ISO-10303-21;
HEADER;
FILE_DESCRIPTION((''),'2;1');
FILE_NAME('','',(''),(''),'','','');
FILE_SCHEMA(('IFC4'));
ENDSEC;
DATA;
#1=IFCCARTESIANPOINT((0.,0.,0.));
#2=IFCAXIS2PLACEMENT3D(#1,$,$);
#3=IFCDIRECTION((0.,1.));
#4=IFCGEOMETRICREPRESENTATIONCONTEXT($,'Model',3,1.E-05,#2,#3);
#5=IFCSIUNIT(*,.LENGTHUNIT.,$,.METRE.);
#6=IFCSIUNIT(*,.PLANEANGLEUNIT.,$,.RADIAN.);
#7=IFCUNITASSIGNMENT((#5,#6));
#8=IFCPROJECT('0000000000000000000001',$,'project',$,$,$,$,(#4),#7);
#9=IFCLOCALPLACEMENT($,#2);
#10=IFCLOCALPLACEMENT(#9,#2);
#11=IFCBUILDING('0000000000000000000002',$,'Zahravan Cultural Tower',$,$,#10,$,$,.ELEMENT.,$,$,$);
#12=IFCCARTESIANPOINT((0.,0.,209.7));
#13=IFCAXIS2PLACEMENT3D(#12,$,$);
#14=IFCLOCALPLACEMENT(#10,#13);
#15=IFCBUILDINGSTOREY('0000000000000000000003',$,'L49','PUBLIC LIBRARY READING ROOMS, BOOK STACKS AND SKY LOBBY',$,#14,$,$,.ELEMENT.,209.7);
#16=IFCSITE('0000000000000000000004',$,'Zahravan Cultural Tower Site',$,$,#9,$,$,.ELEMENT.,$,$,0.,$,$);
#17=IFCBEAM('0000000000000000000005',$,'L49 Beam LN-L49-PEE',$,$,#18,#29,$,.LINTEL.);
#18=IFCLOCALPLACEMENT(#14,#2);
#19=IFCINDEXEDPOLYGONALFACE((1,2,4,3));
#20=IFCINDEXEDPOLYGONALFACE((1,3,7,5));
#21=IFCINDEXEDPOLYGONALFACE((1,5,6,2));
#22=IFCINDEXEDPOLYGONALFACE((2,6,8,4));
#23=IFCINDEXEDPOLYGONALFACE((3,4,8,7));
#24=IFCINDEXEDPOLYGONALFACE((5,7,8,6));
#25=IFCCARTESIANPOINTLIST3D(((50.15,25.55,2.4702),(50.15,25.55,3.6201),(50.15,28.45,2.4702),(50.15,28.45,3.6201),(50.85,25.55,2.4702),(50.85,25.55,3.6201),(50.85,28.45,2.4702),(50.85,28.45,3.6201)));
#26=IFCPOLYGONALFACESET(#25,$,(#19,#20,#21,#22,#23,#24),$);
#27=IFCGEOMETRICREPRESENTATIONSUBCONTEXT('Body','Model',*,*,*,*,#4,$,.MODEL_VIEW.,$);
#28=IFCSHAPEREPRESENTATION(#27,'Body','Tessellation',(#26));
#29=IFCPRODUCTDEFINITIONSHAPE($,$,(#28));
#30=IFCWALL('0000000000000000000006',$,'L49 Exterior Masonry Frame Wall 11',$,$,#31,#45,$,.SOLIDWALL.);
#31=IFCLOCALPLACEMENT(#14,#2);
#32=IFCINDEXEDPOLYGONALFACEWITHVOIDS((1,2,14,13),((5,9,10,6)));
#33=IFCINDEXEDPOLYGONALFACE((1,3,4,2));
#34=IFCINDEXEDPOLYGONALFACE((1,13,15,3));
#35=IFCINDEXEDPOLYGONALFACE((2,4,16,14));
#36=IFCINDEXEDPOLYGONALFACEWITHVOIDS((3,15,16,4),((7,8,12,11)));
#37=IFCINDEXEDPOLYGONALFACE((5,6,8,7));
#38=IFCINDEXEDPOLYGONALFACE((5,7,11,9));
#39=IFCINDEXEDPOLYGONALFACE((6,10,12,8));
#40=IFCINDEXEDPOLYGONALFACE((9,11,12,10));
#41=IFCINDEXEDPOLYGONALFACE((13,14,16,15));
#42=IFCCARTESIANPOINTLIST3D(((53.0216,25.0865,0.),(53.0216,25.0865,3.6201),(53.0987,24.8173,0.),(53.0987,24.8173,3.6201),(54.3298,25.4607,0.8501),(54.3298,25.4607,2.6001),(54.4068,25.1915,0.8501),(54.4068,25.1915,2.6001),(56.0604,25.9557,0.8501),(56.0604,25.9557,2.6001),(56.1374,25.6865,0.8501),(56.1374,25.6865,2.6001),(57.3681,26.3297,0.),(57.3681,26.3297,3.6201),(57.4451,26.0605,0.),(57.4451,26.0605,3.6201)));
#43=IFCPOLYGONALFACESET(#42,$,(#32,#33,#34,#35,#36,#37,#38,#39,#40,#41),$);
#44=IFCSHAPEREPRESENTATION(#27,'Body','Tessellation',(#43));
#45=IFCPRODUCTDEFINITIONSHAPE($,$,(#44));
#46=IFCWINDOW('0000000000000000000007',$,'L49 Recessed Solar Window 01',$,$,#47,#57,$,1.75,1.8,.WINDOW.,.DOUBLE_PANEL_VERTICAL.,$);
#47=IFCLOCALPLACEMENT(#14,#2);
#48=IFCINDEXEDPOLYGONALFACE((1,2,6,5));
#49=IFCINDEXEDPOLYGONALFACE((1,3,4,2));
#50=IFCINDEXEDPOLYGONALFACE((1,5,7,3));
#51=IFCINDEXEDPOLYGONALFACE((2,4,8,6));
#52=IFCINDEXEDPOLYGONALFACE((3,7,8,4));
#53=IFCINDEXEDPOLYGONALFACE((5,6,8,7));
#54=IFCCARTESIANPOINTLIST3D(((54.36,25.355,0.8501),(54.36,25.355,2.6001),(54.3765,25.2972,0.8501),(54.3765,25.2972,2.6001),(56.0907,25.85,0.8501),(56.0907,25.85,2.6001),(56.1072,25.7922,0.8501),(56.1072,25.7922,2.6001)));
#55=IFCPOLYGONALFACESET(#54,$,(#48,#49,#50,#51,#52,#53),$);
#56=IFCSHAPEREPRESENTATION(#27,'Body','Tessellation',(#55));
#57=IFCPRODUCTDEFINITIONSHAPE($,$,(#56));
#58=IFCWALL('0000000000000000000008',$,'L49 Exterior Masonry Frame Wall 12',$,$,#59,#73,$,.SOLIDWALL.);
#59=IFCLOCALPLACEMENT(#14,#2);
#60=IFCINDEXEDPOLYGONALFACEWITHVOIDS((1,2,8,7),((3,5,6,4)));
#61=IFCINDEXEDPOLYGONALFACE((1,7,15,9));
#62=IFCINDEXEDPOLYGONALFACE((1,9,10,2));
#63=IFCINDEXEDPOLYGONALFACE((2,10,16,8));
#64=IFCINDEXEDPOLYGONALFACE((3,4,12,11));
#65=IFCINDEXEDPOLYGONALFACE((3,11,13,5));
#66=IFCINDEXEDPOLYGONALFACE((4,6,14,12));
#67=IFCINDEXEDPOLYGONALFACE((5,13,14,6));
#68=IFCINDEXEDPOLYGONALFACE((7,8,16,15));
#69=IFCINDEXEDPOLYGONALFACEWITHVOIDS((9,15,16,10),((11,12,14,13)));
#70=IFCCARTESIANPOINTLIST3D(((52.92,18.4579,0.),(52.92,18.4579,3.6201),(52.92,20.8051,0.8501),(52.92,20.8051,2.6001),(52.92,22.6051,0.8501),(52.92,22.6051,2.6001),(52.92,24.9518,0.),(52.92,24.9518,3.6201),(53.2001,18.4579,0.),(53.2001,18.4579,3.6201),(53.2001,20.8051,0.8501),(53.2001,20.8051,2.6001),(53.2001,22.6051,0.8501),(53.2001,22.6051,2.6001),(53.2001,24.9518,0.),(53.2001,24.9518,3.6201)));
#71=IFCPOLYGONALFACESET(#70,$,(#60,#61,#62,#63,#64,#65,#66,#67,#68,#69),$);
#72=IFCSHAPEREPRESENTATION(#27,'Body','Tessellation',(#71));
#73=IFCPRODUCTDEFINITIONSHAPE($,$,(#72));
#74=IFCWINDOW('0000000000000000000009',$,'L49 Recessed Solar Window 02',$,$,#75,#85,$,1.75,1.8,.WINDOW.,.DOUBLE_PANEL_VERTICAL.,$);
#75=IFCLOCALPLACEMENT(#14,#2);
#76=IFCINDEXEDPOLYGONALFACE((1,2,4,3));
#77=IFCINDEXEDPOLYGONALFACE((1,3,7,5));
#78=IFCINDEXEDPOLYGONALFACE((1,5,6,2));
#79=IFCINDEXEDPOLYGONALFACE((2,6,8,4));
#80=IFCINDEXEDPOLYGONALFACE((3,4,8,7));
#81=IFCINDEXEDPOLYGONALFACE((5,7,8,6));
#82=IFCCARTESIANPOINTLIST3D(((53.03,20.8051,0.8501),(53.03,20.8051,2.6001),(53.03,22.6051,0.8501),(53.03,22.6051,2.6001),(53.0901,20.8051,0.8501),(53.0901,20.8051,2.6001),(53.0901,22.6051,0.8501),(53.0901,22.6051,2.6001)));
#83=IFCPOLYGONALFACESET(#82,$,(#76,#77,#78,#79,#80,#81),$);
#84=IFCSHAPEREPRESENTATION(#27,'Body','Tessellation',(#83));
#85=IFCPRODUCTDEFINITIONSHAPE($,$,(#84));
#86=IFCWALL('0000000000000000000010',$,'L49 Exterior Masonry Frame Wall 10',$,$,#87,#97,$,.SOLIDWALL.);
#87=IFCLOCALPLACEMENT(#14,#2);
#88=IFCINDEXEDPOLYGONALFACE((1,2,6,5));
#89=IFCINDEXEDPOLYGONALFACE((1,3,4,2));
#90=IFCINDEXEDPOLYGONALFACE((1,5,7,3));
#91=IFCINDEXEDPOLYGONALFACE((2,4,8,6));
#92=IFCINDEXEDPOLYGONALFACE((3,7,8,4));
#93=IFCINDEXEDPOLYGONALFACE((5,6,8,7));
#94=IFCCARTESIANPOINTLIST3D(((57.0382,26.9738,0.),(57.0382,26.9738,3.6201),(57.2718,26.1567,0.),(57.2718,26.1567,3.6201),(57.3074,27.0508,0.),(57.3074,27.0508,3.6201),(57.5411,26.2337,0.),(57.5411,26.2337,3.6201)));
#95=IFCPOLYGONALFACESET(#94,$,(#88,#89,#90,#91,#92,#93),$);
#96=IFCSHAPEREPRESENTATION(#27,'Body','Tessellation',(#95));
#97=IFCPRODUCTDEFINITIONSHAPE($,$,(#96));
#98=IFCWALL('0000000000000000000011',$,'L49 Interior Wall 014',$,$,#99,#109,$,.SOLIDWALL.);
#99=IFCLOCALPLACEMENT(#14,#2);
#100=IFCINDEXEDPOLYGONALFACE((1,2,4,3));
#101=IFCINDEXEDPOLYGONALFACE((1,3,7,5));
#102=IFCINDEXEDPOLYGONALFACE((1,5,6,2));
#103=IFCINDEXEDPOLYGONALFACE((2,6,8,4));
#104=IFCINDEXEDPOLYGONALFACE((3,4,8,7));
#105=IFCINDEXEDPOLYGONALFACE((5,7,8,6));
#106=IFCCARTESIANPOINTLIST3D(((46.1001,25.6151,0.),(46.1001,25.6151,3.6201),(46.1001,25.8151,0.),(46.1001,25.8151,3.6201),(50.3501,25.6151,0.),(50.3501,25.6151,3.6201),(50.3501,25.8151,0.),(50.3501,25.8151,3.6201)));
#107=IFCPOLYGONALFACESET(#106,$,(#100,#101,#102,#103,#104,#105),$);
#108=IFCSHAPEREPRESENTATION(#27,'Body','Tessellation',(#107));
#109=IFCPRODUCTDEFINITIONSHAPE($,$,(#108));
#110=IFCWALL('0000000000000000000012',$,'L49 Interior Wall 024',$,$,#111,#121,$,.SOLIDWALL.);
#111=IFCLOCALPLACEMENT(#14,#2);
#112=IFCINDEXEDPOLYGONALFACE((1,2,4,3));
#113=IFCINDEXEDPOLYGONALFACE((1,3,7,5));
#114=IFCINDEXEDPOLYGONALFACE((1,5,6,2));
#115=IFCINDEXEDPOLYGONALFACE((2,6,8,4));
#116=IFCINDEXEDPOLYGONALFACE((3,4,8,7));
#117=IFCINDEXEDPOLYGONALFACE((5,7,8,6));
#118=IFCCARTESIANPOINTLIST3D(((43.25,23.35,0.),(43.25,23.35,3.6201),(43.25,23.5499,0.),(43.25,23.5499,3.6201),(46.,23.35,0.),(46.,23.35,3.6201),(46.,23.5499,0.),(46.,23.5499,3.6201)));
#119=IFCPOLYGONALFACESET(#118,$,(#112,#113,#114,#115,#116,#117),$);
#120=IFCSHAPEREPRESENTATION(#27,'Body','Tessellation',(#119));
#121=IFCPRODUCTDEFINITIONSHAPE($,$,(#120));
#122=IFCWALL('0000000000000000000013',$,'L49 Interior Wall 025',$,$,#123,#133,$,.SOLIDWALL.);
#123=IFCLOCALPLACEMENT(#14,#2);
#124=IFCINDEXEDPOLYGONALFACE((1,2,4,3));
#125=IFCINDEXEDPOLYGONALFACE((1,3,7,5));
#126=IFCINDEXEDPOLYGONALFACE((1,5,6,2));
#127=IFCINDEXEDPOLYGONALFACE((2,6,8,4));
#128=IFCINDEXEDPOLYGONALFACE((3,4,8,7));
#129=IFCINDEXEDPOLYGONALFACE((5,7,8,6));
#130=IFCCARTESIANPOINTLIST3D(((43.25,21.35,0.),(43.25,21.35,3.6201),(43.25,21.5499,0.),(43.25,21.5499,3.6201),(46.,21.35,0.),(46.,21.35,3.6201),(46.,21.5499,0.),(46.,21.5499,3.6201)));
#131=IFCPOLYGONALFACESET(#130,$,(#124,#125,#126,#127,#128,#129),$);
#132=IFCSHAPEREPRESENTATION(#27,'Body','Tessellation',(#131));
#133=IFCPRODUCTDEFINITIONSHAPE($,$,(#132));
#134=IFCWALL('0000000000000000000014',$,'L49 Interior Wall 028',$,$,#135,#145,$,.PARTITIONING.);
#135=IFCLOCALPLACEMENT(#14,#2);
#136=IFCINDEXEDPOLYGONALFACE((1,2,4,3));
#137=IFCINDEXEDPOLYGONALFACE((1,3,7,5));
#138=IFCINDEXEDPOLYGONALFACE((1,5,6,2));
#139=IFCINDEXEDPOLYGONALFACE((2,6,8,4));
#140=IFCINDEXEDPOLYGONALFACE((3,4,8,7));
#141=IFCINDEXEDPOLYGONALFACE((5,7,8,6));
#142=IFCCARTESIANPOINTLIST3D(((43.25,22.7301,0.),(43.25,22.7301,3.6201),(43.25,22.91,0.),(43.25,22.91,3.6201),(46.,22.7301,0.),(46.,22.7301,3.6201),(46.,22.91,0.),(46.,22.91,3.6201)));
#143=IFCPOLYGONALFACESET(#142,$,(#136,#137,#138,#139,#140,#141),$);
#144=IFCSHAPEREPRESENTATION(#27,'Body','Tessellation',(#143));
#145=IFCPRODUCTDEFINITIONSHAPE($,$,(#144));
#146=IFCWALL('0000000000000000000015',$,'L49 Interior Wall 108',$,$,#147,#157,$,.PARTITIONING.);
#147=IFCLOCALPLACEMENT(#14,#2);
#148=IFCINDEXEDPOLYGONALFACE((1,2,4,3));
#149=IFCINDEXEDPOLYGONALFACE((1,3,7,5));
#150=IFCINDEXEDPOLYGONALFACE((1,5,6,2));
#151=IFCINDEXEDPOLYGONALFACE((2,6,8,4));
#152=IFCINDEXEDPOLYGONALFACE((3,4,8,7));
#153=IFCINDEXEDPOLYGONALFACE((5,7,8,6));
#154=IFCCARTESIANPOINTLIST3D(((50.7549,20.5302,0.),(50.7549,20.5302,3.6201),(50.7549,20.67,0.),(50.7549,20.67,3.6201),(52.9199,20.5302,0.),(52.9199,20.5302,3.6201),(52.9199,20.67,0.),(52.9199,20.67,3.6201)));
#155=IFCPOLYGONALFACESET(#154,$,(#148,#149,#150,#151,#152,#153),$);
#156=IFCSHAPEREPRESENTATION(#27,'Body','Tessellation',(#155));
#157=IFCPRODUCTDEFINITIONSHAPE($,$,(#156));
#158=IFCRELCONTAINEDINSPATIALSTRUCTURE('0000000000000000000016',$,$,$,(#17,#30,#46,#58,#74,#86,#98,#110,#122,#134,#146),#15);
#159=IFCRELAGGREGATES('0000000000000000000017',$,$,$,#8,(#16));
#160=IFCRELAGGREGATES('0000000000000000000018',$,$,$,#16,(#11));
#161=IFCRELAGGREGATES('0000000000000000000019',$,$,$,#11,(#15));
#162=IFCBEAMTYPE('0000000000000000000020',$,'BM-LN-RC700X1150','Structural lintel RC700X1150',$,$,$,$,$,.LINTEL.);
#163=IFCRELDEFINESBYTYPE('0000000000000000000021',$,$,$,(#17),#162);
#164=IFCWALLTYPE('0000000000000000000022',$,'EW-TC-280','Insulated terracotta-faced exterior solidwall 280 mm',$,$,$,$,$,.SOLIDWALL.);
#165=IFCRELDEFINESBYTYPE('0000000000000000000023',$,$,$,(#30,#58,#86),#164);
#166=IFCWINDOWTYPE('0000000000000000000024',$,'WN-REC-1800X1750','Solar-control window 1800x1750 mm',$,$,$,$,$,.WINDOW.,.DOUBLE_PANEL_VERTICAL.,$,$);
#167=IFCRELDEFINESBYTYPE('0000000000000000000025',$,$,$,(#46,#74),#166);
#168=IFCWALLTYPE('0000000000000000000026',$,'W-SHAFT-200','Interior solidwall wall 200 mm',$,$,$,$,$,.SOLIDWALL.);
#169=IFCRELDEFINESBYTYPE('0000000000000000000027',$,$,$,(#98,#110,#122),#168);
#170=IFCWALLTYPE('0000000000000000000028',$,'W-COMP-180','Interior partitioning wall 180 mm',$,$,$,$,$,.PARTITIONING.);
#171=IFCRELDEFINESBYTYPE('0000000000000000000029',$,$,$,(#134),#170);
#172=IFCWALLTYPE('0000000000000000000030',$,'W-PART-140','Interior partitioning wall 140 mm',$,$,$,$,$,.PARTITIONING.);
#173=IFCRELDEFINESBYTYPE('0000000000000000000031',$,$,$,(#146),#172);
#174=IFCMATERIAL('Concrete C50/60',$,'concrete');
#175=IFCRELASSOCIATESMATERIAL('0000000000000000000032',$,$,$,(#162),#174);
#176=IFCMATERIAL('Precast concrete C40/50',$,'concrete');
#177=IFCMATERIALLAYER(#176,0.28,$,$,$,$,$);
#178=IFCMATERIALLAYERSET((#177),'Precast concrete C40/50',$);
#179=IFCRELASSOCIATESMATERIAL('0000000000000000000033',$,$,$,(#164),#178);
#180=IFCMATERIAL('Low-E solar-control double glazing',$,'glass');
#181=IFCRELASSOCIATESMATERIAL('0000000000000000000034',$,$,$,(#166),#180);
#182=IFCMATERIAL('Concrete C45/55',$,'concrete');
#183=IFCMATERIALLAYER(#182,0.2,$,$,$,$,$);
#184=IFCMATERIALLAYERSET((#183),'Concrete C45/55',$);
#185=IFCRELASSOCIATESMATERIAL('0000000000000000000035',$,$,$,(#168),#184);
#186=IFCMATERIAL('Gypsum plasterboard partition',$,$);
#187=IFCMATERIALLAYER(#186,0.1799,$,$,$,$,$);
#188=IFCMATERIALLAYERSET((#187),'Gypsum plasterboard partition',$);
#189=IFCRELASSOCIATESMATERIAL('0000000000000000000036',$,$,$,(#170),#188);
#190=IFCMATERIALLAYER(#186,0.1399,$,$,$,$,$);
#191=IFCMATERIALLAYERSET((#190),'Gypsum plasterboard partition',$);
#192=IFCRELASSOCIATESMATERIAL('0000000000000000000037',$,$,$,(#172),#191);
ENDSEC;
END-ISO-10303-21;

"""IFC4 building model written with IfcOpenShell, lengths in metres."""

from ifc_helpers import new_model, si_unit, direction, frame, frame_2d, origin, origin_2d, place, context, subcontext, project, spatial, rectangle, extrude, source, transform, mapped, material, layer, layer_set, material_profile, profile_set, type_object, element, fill, save


model = new_model("IFC4")

# Units and contexts
model_context = context("Model", 3, precision=1e-05, world=origin(), true_north=direction((0.0, 1.0)))
body_context = subcontext(model_context, "Body", "Model", "MODEL_VIEW")
ifc_project = project(units=[si_unit("LENGTHUNIT", "METRE"), si_unit("PLANEANGLEUNIT", "RADIAN")], contexts=[model_context])

# Site, building, storey
site_placement = place(None, origin())
site = spatial("IfcSite", under=ifc_project, at=site_placement, Name="Zahravan Cultural Tower Site", CompositionType="ELEMENT", RefElevation=0.0)
building_placement = place(site_placement, origin())
building = spatial("IfcBuilding", under=site, at=building_placement, Name="Zahravan Cultural Tower", CompositionType="ELEMENT")
storey_placement = place(building_placement, frame((0.0, 0.0, 209.7)))
storey = spatial("IfcBuildingStorey", under=building, at=storey_placement, Name="L49", Description="PUBLIC LIBRARY READING ROOMS, BOOK STACKS AND SKY LOBBY", CompositionType="ELEMENT", Elevation=209.7)

# Beam
ifc_material_1 = material(Name="Concrete C50/60", Category="concrete")
ifc_material_profile = material_profile(ifc_material_1, rectangle(XDim=0.7, YDim=1.1499, at=origin_2d()), Name="RC700X1150")
ifc_profile_set = profile_set([ifc_material_profile], Name="Concrete C50/60")
beam_type = type_object("IfcBeamType", Name="BM-LN-RC700X1150", Description="Structural lintel RC700X1150", PredefinedType="LINTEL", material=ifc_profile_set)
shared_shape_1 = source(origin(), body_context, "Body", "SweptSolid", [
    extrude(rectangle(XDim=0.7, YDim=1.1499, at=origin_2d()), origin(), (0.0, 0.0, 1.0), 2.8999),
])
beam_placement = place(storey_placement, frame((50.5, 25.55, 3.0452), z_axis=(0.0, 1.0, 0.0), x_axis=(-1.0, 0.0, 0.0)))
element("IfcBeam", 1, at=beam_placement, inside=storey, type_object=beam_type, Name="L49 Beam LN-L49-PEE", PredefinedType="LINTEL", context=body_context, shape_type="MappedRepresentation", body=[
    mapped(shared_shape_1, transform((0.0, 0.0, 0.0), x_axis=(1.0, 0.0, 0.0), y_axis=(0.0, 1.0, 0.0), z_axis=(0.0, 0.0, 1.0), scale=1.0)),
])

# Walls, openings, windows
ifc_material_2 = material(Name="Precast concrete C40/50", Category="concrete")
ifc_layer_1 = layer(ifc_material_2, 0.28)
ifc_layer_set_1 = layer_set([ifc_layer_1], Name="Precast concrete C40/50")
wall_type_1 = type_object("IfcWallType", Name="EW-TC-280", Description="Insulated terracotta-faced exterior solidwall 280 mm", PredefinedType="SOLIDWALL", material=ifc_layer_set_1)
wall_1_placement = place(storey_placement, frame((57.4065, 26.1951, 0.0), z_axis=(0.0, 0.0, 1.0), x_axis=(-0.961446, -0.274992, 0.0)))
wall_1 = element("IfcWall", 2, at=wall_1_placement, inside=storey, type_object=wall_type_1, Name="L49 Exterior Masonry Frame Wall 11", PredefinedType="SOLIDWALL", context=body_context, shape_type="SweptSolid", body=[
    extrude(rectangle(XDim=4.5208, YDim=0.28, at=frame_2d((2.2603, 0.0))), origin(), (0.0, 0.0, 1.0), 3.6201),
])
opening_1_placement = place(wall_1_placement, frame((1.3601, 0.0, 0.8501)))
opening_1 = element("IfcOpeningElement", 3, at=opening_1_placement, cuts=wall_1, PredefinedType="OPENING", context=body_context, shape_type="SweptSolid", body=[
    extrude(rectangle(XDim=1.8, YDim=1.75, at=frame_2d((0.8999, 0.875))), frame((0.0, 0.1499, 0.0), z_axis=(0.0, -1.0, 0.0), x_axis=(1.0, 0.0, 0.0)), (0.0, 0.0, 1.0), 0.3),
])
ifc_material_3 = material(Name="Low-E solar-control double glazing", Category="glass")
window_type = type_object("IfcWindowType", Name="WN-REC-1800X1750", Description="Solar-control window 1800x1750 mm", PartitioningType="DOUBLE_PANEL_VERTICAL", PredefinedType="WINDOW", material=ifc_material_3)
shared_shape_2 = source(origin(), body_context, "Body", "SweptSolid", [
    extrude(rectangle(XDim=1.8, YDim=1.75, at=frame_2d((0.8999, 0.875))), frame((0.0, 0.03, 0.0), z_axis=(0.0, -1.0, 0.0), x_axis=(1.0, 0.0, 0.0)), (0.0, 0.0, 1.0), 0.0601),
])
window_1_placement = place(opening_1_placement, origin())
window_1 = element("IfcWindow", 4, at=window_1_placement, inside=storey, type_object=window_type, Name="L49 Recessed Solar Window 01", OverallHeight=1.75, OverallWidth=1.8, PartitioningType="DOUBLE_PANEL_VERTICAL", PredefinedType="WINDOW", context=body_context, shape_type="MappedRepresentation", body=[
    mapped(shared_shape_2, transform((0.0, 0.0, 0.0), x_axis=(1.0, 0.0, 0.0), y_axis=(0.0, 1.0, 0.0), z_axis=(0.0, 0.0, 1.0), scale=1.0)),
])
fill(opening_1, window_1)
wall_2_placement = place(storey_placement, frame((53.0601, 24.9519, 0.0), z_axis=(0.0, 0.0, 1.0), x_axis=(0.0, -1.0, 0.0)))
wall_2 = element("IfcWall", 5, at=wall_2_placement, inside=storey, type_object=wall_type_1, Name="L49 Exterior Masonry Frame Wall 12", PredefinedType="SOLIDWALL", context=body_context, shape_type="SweptSolid", body=[
    extrude(rectangle(XDim=6.4939, YDim=0.28, at=frame_2d((3.2471, 0.0))), origin(), (0.0, 0.0, 1.0), 3.6201),
])
opening_2_placement = place(wall_2_placement, frame((2.3469, 0.0, 0.8501)))
opening_2 = element("IfcOpeningElement", 6, at=opening_2_placement, cuts=wall_2, PredefinedType="OPENING", context=body_context, shape_type="SweptSolid", body=[
    extrude(rectangle(XDim=1.8, YDim=1.75, at=frame_2d((0.8999, 0.875))), frame((0.0, 0.1499, 0.0), z_axis=(0.0, -1.0, 0.0), x_axis=(1.0, 0.0, 0.0)), (0.0, 0.0, 1.0), 0.3),
])
window_2_placement = place(opening_2_placement, origin())
window_2 = element("IfcWindow", 7, at=window_2_placement, inside=storey, type_object=window_type, Name="L49 Recessed Solar Window 02", OverallHeight=1.75, OverallWidth=1.8, PartitioningType="DOUBLE_PANEL_VERTICAL", PredefinedType="WINDOW", context=body_context, shape_type="MappedRepresentation", body=[
    mapped(shared_shape_2, transform((0.0, 0.0, 0.0), x_axis=(1.0, 0.0, 0.0), y_axis=(0.0, 1.0, 0.0), z_axis=(0.0, 0.0, 1.0), scale=1.0)),
])
fill(opening_2, window_2)

# Walls
shared_shape_3 = source(origin(), body_context, "Body", "SweptSolid", [
    extrude(rectangle(XDim=0.8499, YDim=0.28, at=frame_2d((0.4248, 0.0))), origin(), (0.0, 0.0, 1.0), 3.6201),
])
wall_3_placement = place(storey_placement, frame((57.1729, 27.0122, 0.0), z_axis=(0.0, 0.0, 1.0), x_axis=(0.274911, -0.96147, 0.0)))
element("IfcWall", 8, at=wall_3_placement, inside=storey, type_object=wall_type_1, Name="L49 Exterior Masonry Frame Wall 10", PredefinedType="SOLIDWALL", context=body_context, shape_type="MappedRepresentation", body=[
    mapped(shared_shape_3, transform((0.0, 0.0, 0.0), x_axis=(1.0, 0.0, 0.0), y_axis=(0.0, 1.0, 0.0), z_axis=(0.0, 0.0, 1.0), scale=1.0)),
])
ifc_material_4 = material(Name="Concrete C45/55", Category="concrete")
ifc_layer_2 = layer(ifc_material_4, 0.2)
ifc_layer_set_2 = layer_set([ifc_layer_2], Name="Concrete C45/55")
wall_type_2 = type_object("IfcWallType", Name="W-SHAFT-200", Description="Interior solidwall wall 200 mm", PredefinedType="SOLIDWALL", material=ifc_layer_set_2)
shared_shape_4 = source(origin(), body_context, "Body", "SweptSolid", [
    extrude(rectangle(XDim=4.25, YDim=0.2, at=frame_2d((2.125, 0.0))), origin(), (0.0, 0.0, 1.0), 3.6201),
])
wall_4_placement = place(storey_placement, frame((46.1001, 25.7151, 0.0), z_axis=(0.0, 0.0, 1.0), x_axis=(1.0, 0.0, 0.0)))
element("IfcWall", 9, at=wall_4_placement, inside=storey, type_object=wall_type_2, Name="L49 Interior Wall 014", PredefinedType="SOLIDWALL", context=body_context, shape_type="MappedRepresentation", body=[
    mapped(shared_shape_4, transform((0.0, 0.0, 0.0), x_axis=(1.0, 0.0, 0.0), y_axis=(0.0, 1.0, 0.0), z_axis=(0.0, 0.0, 1.0), scale=1.0)),
])
shared_shape_5 = source(origin(), body_context, "Body", "SweptSolid", [
    extrude(rectangle(XDim=2.75, YDim=0.2, at=frame_2d((1.375, 0.0))), origin(), (0.0, 0.0, 1.0), 3.6201),
])
for number, where, z_axis, x_axis, name in (
    (10, (43.25, 23.45, 0.0), (0.0, 0.0, 1.0), (1.0, 0.0, 0.0), "L49 Interior Wall 024"),
    (11, (43.25, 21.45, 0.0), (0.0, 0.0, 1.0), (1.0, 0.0, 0.0), "L49 Interior Wall 025"),
):
    element("IfcWall", number, at=place(storey_placement, frame(where, z_axis=z_axis, x_axis=x_axis)), inside=storey, type_object=wall_type_2, Name=name, PredefinedType="SOLIDWALL", context=body_context, shape_type="MappedRepresentation", body=[
        mapped(shared_shape_5, transform((0.0, 0.0, 0.0), x_axis=(1.0, 0.0, 0.0), y_axis=(0.0, 1.0, 0.0), z_axis=(0.0, 0.0, 1.0), scale=1.0)),
    ])
ifc_material_5 = material(Name="Gypsum plasterboard partition")
ifc_layer_3 = layer(ifc_material_5, 0.1799)
ifc_layer_set_3 = layer_set([ifc_layer_3], Name="Gypsum plasterboard partition")
wall_type_3 = type_object("IfcWallType", Name="W-COMP-180", Description="Interior partitioning wall 180 mm", PredefinedType="PARTITIONING", material=ifc_layer_set_3)
shared_shape_6 = source(origin(), body_context, "Body", "SweptSolid", [
    extrude(rectangle(XDim=2.75, YDim=0.1799, at=frame_2d((1.375, 0.0))), origin(), (0.0, 0.0, 1.0), 3.6201),
])
wall_5_placement = place(storey_placement, frame((43.25, 22.8201, 0.0), z_axis=(0.0, 0.0, 1.0), x_axis=(1.0, 0.0, 0.0)))
element("IfcWall", 12, at=wall_5_placement, inside=storey, type_object=wall_type_3, Name="L49 Interior Wall 028", PredefinedType="PARTITIONING", context=body_context, shape_type="MappedRepresentation", body=[
    mapped(shared_shape_6, transform((0.0, 0.0, 0.0), x_axis=(1.0, 0.0, 0.0), y_axis=(0.0, 1.0, 0.0), z_axis=(0.0, 0.0, 1.0), scale=1.0)),
])
ifc_layer_4 = layer(ifc_material_5, 0.1399)
ifc_layer_set_4 = layer_set([ifc_layer_4], Name="Gypsum plasterboard partition")
wall_type_4 = type_object("IfcWallType", Name="W-PART-140", Description="Interior partitioning wall 140 mm", PredefinedType="PARTITIONING", material=ifc_layer_set_4)
shared_shape_7 = source(origin(), body_context, "Body", "SweptSolid", [
    extrude(rectangle(XDim=2.165, YDim=0.1399, at=frame_2d((1.0825, 0.0))), origin(), (0.0, 0.0, 1.0), 3.6201),
])
wall_6_placement = place(storey_placement, frame((50.7549, 20.6001, 0.0), z_axis=(0.0, 0.0, 1.0), x_axis=(1.0, 0.0, 0.0)))
element("IfcWall", 13, at=wall_6_placement, inside=storey, type_object=wall_type_4, Name="L49 Interior Wall 108", PredefinedType="PARTITIONING", context=body_context, shape_type="MappedRepresentation", body=[
    mapped(shared_shape_7, transform((0.0, 0.0, 0.0), x_axis=(1.0, 0.0, 0.0), y_axis=(0.0, 1.0, 0.0), z_axis=(0.0, 0.0, 1.0), scale=1.0)),
])

save(model, "model.ifc")
